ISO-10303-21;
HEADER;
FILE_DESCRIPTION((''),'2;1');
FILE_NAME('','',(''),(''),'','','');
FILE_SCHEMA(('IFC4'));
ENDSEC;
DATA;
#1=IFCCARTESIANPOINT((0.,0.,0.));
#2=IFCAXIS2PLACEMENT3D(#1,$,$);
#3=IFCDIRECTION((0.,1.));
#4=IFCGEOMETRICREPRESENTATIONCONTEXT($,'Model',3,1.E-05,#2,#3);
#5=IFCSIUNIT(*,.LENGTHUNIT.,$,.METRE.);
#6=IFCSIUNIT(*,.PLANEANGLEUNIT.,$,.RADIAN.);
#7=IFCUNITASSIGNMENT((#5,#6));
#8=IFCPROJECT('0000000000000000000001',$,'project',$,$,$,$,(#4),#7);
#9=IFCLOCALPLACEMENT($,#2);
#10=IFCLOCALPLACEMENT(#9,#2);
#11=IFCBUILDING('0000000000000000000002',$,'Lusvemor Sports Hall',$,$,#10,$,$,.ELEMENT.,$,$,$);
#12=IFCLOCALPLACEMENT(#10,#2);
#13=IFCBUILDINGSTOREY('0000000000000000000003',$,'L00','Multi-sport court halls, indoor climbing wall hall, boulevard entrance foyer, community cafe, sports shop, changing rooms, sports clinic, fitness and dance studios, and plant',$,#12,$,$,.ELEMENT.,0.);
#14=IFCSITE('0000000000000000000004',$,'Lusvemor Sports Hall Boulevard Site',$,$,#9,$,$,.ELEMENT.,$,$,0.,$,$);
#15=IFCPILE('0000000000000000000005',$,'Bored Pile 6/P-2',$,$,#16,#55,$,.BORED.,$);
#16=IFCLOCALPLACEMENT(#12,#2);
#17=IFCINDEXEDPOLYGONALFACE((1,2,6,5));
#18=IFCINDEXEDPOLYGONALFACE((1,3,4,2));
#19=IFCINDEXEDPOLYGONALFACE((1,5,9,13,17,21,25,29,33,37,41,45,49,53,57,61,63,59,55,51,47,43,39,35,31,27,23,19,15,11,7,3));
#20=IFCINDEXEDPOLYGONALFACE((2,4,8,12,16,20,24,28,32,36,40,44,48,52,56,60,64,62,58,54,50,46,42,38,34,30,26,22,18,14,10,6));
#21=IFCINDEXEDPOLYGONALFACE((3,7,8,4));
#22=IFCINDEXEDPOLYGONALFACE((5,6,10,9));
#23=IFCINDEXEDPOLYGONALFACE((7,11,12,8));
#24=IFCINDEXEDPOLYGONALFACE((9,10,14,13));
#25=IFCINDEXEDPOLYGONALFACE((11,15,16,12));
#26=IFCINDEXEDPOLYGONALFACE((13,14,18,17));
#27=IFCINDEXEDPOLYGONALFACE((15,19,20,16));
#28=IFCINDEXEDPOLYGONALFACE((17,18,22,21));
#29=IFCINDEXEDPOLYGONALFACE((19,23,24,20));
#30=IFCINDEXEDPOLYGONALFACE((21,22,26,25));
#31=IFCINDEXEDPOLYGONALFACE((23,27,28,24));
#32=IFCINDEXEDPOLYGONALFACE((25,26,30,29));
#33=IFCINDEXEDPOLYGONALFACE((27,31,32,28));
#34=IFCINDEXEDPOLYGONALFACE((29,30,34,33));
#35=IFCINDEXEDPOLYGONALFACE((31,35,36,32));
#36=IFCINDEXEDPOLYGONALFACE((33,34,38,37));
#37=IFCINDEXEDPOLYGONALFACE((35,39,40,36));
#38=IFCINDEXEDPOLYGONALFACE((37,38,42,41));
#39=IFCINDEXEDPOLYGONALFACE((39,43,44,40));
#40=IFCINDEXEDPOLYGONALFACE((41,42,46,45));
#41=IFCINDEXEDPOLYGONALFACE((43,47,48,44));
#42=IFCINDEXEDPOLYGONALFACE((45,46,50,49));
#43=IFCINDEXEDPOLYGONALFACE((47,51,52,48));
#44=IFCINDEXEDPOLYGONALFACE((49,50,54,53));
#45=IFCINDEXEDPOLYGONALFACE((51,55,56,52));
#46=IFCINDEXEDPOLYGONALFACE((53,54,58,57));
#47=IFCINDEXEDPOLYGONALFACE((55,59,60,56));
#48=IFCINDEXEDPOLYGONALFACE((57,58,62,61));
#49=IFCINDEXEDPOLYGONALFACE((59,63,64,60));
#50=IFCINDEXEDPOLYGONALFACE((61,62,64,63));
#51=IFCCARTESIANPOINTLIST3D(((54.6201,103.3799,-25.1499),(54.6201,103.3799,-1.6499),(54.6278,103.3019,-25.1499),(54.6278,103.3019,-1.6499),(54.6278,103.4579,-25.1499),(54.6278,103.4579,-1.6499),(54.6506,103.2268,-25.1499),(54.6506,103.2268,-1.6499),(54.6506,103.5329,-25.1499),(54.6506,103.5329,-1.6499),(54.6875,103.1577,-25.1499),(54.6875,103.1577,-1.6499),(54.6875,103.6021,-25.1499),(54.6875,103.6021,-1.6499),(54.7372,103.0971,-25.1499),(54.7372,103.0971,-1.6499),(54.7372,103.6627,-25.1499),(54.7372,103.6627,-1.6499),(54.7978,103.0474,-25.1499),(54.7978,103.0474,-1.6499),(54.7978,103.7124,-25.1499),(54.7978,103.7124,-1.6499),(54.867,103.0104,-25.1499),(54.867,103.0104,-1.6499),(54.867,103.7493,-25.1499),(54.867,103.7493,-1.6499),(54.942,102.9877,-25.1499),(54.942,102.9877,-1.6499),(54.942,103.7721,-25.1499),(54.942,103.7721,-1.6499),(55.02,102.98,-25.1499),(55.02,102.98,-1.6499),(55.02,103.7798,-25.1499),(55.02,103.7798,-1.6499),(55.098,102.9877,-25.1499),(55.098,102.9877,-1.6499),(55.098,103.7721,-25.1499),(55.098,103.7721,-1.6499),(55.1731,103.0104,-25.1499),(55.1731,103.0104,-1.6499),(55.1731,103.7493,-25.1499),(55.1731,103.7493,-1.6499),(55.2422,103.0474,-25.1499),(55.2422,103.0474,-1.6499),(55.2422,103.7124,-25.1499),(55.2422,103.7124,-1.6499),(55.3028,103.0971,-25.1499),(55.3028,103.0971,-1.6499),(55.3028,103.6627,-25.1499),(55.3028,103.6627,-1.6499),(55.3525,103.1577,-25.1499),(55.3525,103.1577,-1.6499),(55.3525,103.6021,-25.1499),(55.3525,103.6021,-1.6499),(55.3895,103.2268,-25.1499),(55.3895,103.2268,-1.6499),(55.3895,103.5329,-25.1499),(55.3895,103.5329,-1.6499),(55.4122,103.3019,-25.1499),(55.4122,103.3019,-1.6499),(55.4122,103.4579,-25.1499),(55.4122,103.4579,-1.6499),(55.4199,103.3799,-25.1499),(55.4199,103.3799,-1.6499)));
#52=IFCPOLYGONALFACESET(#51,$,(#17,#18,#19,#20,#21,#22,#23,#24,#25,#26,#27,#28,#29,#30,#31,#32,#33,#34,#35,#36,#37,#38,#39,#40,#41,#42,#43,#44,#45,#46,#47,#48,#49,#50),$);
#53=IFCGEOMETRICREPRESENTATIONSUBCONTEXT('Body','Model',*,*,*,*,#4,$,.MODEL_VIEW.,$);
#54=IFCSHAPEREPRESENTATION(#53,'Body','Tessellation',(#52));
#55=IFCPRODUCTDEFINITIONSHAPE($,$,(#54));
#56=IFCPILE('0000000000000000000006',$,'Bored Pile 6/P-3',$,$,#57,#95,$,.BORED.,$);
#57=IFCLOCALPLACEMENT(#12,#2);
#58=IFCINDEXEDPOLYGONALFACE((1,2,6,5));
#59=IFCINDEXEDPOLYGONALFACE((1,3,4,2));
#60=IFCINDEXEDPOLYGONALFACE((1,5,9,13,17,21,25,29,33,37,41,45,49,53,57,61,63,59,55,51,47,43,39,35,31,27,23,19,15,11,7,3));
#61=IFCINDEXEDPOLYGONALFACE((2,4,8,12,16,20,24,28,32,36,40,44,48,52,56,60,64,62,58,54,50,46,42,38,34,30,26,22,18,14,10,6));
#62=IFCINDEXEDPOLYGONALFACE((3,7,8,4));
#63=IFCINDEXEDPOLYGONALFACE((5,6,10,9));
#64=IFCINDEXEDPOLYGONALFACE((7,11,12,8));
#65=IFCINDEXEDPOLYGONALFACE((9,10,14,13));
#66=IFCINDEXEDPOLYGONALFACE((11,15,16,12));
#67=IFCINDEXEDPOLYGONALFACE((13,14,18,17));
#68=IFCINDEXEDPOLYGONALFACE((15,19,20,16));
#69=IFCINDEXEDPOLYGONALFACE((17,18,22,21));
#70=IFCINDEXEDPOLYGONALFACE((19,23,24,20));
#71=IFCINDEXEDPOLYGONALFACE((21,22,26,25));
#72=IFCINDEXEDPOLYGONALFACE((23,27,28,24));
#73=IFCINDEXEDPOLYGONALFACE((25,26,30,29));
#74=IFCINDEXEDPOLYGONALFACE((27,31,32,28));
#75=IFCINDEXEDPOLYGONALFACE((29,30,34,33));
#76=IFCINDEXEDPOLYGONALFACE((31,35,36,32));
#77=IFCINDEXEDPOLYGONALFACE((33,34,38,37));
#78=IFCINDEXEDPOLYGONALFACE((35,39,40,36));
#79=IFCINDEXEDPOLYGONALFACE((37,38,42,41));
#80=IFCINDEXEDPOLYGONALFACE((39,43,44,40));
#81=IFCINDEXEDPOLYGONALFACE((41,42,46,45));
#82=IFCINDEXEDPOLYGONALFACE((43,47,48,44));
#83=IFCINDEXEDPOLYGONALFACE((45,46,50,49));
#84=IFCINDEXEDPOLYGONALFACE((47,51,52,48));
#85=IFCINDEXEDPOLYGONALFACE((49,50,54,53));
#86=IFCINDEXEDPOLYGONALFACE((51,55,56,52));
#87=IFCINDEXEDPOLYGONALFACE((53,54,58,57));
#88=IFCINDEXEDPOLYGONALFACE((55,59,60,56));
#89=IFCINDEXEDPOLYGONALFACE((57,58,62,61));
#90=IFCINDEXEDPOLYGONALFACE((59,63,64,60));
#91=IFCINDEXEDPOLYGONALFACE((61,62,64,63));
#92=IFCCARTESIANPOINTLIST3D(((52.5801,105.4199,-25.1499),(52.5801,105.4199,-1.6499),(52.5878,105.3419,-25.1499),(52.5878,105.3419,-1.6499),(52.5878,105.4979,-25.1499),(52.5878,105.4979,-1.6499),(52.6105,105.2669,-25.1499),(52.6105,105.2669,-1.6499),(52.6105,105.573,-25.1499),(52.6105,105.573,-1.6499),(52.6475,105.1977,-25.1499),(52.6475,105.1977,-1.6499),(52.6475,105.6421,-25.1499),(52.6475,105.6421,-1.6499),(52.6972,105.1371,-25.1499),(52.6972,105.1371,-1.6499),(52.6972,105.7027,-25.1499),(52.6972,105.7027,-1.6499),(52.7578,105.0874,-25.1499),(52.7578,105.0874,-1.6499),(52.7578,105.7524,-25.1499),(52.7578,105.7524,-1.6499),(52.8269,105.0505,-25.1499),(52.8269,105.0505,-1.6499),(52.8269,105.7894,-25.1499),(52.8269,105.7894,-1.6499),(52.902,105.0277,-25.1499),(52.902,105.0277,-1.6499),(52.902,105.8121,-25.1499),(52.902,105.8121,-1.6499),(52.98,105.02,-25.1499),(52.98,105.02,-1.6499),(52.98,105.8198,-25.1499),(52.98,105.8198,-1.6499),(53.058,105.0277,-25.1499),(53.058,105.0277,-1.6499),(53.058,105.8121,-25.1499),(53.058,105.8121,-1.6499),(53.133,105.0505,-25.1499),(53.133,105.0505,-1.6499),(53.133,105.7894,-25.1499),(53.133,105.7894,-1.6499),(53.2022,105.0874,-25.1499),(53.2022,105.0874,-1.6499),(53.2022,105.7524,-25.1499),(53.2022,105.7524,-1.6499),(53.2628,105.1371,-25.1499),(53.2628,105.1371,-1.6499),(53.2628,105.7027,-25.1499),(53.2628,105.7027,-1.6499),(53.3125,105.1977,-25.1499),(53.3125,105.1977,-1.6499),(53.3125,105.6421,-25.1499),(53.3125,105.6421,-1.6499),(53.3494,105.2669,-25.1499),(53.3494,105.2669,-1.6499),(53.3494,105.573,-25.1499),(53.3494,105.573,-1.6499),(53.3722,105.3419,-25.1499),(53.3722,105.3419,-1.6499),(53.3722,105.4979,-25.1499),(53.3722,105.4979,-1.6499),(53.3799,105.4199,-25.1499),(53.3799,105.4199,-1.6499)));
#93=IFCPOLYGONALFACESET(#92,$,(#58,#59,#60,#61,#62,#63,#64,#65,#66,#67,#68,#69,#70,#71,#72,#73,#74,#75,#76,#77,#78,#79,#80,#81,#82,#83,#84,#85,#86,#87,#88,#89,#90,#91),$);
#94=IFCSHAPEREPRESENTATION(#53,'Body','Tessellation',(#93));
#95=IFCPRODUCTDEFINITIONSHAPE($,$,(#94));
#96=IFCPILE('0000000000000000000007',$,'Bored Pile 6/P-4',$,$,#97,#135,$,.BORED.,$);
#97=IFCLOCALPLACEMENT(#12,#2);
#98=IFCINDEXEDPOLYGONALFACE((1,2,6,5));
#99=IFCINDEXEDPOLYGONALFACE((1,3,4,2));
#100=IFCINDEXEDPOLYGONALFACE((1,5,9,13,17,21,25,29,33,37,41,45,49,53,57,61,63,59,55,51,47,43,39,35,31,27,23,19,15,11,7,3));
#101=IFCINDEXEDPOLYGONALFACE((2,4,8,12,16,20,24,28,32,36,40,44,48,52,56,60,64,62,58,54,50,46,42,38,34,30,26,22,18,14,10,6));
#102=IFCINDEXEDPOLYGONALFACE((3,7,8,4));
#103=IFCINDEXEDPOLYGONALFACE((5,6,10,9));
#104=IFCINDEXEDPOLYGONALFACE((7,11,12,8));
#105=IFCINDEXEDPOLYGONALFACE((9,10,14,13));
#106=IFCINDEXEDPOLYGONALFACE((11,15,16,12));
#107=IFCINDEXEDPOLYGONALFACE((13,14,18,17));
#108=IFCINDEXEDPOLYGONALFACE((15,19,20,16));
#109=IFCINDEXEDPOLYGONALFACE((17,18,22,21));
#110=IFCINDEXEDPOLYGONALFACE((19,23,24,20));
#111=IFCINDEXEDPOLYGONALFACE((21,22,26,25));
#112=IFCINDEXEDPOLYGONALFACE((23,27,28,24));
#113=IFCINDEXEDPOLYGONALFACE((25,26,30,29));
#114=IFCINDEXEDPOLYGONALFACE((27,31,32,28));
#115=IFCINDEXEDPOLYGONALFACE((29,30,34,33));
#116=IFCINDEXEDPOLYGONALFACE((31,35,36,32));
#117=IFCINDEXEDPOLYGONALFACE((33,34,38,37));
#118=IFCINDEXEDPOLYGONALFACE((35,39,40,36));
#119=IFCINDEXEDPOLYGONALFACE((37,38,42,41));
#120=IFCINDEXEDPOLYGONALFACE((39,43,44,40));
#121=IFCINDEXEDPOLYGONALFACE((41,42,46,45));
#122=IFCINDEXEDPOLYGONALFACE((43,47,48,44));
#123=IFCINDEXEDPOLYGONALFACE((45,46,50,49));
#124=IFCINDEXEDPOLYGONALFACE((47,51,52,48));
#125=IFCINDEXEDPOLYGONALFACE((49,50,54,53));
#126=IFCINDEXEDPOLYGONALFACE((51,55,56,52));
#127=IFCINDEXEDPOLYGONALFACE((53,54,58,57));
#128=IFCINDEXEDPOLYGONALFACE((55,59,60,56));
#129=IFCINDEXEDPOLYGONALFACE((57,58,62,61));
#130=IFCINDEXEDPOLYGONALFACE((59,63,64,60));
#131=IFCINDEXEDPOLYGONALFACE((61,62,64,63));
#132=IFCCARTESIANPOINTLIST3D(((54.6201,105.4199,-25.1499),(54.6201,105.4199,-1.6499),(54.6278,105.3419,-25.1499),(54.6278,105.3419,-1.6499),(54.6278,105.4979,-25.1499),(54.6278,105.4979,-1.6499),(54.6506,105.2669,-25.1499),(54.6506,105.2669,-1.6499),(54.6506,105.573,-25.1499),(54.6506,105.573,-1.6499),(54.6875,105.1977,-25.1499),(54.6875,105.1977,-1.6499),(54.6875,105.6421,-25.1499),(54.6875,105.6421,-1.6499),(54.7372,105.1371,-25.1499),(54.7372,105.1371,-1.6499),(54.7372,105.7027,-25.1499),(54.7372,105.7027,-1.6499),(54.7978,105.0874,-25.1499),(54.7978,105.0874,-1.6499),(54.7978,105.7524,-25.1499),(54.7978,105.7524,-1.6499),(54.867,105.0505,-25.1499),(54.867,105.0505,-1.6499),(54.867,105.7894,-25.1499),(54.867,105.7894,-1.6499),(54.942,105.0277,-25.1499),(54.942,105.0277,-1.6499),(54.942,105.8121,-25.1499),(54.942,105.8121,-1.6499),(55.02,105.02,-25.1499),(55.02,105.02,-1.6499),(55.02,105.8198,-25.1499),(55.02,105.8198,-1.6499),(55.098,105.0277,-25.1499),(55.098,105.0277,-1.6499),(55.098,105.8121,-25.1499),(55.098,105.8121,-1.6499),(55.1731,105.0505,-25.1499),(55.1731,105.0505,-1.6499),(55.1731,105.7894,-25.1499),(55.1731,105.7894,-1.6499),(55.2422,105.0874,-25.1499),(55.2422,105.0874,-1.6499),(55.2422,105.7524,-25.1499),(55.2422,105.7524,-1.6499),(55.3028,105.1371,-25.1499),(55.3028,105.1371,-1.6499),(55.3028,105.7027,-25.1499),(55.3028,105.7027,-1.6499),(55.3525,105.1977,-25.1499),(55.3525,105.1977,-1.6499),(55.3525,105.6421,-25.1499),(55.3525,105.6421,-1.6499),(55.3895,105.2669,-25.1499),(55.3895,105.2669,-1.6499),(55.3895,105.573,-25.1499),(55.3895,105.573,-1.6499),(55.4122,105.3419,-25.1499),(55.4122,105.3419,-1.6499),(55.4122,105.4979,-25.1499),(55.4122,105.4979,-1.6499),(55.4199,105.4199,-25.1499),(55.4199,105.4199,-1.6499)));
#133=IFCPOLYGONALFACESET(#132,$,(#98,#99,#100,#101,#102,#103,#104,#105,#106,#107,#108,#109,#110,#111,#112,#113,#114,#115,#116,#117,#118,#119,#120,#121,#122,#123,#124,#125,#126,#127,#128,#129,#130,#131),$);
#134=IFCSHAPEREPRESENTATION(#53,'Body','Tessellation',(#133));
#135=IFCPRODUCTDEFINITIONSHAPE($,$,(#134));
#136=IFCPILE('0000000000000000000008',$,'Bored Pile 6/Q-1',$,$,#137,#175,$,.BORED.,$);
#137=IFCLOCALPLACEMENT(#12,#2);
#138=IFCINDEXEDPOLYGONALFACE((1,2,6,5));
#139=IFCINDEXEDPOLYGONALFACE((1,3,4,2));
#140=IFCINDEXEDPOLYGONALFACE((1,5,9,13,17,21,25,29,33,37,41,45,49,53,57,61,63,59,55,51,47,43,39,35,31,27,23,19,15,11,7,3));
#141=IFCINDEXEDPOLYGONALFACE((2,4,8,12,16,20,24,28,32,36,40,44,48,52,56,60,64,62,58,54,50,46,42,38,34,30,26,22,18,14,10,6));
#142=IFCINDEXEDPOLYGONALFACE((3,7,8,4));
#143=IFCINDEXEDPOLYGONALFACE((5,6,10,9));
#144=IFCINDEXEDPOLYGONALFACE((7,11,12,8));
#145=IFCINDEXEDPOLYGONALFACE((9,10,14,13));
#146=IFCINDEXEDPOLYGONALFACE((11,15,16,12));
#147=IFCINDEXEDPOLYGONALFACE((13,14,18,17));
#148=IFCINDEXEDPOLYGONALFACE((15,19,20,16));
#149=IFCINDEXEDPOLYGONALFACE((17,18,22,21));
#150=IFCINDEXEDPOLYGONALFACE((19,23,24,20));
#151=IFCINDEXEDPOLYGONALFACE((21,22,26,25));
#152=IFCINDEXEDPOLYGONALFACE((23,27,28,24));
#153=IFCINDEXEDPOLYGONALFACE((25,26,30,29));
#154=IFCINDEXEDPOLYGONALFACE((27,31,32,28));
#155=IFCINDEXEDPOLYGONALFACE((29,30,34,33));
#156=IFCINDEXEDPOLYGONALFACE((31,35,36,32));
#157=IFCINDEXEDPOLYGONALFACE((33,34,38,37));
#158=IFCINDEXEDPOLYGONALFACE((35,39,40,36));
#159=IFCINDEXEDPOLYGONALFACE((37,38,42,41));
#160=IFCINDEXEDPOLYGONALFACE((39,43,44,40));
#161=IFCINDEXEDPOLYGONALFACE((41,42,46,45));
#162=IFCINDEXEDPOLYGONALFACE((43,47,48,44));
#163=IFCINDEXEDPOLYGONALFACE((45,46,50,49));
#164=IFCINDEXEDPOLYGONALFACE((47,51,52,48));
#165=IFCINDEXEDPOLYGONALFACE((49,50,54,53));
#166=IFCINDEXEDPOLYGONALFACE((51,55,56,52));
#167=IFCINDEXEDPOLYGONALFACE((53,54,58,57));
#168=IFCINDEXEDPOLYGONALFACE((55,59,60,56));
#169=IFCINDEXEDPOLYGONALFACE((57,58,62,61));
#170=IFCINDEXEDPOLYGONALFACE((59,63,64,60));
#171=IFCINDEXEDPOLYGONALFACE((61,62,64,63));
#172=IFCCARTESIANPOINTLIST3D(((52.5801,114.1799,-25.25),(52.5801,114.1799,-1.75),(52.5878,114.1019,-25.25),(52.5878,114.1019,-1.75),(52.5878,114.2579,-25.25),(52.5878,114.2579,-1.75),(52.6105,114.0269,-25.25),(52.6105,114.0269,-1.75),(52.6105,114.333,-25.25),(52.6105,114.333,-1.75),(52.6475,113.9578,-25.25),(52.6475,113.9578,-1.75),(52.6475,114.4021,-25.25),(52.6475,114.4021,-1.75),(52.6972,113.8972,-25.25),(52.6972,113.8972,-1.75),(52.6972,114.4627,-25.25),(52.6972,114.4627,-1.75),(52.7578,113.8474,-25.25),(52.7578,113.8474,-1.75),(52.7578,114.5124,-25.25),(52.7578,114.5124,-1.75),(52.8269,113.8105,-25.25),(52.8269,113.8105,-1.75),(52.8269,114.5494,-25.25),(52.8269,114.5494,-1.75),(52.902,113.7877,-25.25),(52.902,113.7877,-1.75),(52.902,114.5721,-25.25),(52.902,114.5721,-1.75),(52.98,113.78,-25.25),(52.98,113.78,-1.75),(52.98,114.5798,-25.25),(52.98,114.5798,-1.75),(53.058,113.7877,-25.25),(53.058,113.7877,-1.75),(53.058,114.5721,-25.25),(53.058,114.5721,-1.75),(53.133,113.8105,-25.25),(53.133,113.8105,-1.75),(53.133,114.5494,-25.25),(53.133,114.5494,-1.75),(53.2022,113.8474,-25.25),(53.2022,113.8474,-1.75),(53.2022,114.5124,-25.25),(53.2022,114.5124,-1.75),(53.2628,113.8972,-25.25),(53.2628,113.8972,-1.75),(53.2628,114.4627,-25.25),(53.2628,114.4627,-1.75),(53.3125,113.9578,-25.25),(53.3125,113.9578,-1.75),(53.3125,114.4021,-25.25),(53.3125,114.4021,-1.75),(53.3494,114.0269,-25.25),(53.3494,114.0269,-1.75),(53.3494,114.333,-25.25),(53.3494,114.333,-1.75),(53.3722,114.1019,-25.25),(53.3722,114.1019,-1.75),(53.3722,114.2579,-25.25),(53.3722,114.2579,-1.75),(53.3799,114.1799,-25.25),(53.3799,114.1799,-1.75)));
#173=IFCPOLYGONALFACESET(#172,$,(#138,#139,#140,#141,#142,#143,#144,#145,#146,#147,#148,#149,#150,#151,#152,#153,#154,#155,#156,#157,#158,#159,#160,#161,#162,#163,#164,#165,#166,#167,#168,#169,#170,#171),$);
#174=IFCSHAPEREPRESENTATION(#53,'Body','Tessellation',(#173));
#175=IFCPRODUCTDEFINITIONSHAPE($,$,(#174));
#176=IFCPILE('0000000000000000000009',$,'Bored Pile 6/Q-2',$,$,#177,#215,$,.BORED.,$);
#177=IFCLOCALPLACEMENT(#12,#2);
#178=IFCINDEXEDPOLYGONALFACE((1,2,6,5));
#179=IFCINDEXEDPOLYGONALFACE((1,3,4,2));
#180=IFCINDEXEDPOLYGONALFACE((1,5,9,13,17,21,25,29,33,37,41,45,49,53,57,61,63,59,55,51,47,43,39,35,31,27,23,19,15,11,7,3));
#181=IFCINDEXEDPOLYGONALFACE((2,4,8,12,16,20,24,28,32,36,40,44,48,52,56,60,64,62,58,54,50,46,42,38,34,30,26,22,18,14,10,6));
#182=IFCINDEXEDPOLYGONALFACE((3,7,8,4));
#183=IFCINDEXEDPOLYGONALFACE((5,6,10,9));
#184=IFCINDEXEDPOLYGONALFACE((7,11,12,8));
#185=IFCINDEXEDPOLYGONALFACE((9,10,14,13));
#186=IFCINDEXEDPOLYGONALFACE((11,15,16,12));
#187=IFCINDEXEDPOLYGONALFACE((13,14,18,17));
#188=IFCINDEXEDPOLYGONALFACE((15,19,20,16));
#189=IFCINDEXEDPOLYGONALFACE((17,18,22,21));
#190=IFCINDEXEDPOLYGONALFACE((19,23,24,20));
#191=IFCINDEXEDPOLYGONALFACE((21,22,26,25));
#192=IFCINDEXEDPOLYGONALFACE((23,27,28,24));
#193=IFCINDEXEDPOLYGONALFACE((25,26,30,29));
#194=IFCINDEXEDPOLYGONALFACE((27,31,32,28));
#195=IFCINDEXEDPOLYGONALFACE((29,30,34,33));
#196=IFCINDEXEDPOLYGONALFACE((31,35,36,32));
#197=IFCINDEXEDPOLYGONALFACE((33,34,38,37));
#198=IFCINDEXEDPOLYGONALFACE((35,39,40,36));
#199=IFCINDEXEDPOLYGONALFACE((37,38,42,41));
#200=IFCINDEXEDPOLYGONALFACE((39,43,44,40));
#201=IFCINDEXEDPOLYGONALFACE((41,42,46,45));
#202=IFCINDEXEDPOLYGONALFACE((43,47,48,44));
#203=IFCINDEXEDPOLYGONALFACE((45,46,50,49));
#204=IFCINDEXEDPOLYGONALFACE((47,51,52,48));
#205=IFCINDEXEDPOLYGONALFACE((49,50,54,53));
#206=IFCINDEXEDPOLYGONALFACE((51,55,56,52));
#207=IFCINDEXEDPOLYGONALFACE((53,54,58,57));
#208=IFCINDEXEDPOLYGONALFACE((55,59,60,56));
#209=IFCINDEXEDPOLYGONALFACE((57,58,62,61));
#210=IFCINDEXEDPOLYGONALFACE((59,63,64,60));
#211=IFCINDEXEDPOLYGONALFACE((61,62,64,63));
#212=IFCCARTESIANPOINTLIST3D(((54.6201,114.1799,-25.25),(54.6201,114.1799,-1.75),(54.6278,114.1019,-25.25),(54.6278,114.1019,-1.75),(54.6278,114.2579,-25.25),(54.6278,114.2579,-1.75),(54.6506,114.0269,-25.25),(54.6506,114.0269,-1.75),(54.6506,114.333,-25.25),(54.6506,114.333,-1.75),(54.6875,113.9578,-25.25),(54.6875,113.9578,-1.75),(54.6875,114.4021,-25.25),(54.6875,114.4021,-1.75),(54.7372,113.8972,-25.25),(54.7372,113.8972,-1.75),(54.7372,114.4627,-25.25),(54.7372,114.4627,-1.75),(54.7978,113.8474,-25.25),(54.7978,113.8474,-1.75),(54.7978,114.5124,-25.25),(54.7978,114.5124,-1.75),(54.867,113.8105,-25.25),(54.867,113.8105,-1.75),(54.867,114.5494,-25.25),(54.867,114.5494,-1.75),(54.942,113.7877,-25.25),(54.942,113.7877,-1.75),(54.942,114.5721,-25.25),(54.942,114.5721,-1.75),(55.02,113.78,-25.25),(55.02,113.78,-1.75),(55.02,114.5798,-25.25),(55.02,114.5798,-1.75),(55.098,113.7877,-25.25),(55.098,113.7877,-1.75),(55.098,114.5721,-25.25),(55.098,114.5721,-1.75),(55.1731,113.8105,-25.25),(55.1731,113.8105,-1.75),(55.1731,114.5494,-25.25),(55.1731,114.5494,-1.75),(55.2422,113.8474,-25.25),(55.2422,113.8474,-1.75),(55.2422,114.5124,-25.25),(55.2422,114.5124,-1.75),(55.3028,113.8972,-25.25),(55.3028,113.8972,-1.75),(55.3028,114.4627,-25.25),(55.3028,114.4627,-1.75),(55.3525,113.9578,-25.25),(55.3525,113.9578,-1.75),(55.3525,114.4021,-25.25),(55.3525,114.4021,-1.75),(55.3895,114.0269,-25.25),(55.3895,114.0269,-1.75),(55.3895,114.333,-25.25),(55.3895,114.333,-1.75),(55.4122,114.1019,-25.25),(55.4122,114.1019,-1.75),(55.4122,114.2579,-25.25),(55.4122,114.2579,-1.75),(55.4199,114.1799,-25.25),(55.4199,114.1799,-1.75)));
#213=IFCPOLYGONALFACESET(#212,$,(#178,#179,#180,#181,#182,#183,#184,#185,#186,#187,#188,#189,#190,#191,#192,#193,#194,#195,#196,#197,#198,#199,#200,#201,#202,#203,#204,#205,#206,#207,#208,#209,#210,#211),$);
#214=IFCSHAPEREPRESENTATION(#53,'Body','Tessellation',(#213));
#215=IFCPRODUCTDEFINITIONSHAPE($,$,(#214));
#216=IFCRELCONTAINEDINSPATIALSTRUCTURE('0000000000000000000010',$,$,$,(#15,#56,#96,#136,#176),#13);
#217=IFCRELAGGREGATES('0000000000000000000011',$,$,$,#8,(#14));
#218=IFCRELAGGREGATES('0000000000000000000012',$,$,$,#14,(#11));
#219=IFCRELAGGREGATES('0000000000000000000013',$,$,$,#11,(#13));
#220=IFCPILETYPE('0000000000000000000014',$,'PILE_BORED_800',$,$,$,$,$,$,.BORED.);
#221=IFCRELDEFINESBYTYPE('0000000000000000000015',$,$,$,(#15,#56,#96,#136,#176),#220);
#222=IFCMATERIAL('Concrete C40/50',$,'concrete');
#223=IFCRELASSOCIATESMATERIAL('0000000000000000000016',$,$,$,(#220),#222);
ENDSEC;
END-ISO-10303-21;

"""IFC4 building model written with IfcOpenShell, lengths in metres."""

from ifc_helpers import new_model, si_unit, direction, frame, origin, origin_2d, place, context, subcontext, project, spatial, circle, extrude, material, material_profile, profile_set, type_object, element, save


model = new_model("IFC4")

# Units and contexts
model_context = context("Model", 3, precision=1e-05, world=origin(), true_north=direction((0.0, 1.0)))
body_context = subcontext(model_context, "Body", "Model", "MODEL_VIEW")
ifc_project = project(units=[si_unit("LENGTHUNIT", "METRE"), si_unit("PLANEANGLEUNIT", "RADIAN")], contexts=[model_context])

# Site, building, storey
site_placement = place(None, origin())
site = spatial("IfcSite", under=ifc_project, at=site_placement, Name="Lusvemor Sports Hall Boulevard Site", CompositionType="ELEMENT", RefElevation=0.0)
building_placement = place(site_placement, origin())
building = spatial("IfcBuilding", under=site, at=building_placement, Name="Lusvemor Sports Hall", CompositionType="ELEMENT")
storey_placement = place(building_placement, origin())
storey = spatial("IfcBuildingStorey", under=building, at=storey_placement, Name="L00", Description="Multi-sport court halls, indoor climbing wall hall, boulevard entrance foyer, community cafe, sports shop, changing rooms, sports clinic, fitness and dance studios, and plant", CompositionType="ELEMENT", Elevation=0.0)

# Piles
ifc_material_1 = material(Name="Concrete C40/50", Category="concrete")
ifc_material_profile_1 = material_profile(ifc_material_1, circle(Radius=0.3999, at=origin_2d()), Name="PILE800")
ifc_profile_set_1 = profile_set([ifc_material_profile_1], Name="Concrete C40/50")
pile_type = type_object("IfcPileType", Name="PILE_BORED_800", PredefinedType="BORED", material=ifc_profile_set_1)
for number, where, z_axis, x_axis, name in (
    (1, (55.02, 103.3799, -1.6499), (0.0, 0.0, -1.0), (1.0, 0.0, 0.0), "Bored Pile 6/P-2"),
    (2, (52.98, 105.4199, -1.6499), (0.0, 0.0, -1.0), (1.0, 0.0, 0.0), "Bored Pile 6/P-3"),
    (3, (55.02, 105.4199, -1.6499), (0.0, 0.0, -1.0), (1.0, 0.0, 0.0), "Bored Pile 6/P-4"),
    (4, (52.98, 114.1799, -1.75), (0.0, 0.0, -1.0), (1.0, 0.0, 0.0), "Bored Pile 6/Q-1"),
    (5, (55.02, 114.1799, -1.75), (0.0, 0.0, -1.0), (1.0, 0.0, 0.0), "Bored Pile 6/Q-2"),
):
    element("IfcPile", number, at=place(storey_placement, frame(where, z_axis=z_axis, x_axis=x_axis)), inside=storey, type_object=pile_type, Name=name, PredefinedType="BORED", context=body_context, shape_type="SweptSolid", body=[
        extrude(circle(Radius=0.3999, at=origin_2d()), origin(), (0.0, 0.0, 1.0), 23.5),
    ])

save(model, "model.ifc")
